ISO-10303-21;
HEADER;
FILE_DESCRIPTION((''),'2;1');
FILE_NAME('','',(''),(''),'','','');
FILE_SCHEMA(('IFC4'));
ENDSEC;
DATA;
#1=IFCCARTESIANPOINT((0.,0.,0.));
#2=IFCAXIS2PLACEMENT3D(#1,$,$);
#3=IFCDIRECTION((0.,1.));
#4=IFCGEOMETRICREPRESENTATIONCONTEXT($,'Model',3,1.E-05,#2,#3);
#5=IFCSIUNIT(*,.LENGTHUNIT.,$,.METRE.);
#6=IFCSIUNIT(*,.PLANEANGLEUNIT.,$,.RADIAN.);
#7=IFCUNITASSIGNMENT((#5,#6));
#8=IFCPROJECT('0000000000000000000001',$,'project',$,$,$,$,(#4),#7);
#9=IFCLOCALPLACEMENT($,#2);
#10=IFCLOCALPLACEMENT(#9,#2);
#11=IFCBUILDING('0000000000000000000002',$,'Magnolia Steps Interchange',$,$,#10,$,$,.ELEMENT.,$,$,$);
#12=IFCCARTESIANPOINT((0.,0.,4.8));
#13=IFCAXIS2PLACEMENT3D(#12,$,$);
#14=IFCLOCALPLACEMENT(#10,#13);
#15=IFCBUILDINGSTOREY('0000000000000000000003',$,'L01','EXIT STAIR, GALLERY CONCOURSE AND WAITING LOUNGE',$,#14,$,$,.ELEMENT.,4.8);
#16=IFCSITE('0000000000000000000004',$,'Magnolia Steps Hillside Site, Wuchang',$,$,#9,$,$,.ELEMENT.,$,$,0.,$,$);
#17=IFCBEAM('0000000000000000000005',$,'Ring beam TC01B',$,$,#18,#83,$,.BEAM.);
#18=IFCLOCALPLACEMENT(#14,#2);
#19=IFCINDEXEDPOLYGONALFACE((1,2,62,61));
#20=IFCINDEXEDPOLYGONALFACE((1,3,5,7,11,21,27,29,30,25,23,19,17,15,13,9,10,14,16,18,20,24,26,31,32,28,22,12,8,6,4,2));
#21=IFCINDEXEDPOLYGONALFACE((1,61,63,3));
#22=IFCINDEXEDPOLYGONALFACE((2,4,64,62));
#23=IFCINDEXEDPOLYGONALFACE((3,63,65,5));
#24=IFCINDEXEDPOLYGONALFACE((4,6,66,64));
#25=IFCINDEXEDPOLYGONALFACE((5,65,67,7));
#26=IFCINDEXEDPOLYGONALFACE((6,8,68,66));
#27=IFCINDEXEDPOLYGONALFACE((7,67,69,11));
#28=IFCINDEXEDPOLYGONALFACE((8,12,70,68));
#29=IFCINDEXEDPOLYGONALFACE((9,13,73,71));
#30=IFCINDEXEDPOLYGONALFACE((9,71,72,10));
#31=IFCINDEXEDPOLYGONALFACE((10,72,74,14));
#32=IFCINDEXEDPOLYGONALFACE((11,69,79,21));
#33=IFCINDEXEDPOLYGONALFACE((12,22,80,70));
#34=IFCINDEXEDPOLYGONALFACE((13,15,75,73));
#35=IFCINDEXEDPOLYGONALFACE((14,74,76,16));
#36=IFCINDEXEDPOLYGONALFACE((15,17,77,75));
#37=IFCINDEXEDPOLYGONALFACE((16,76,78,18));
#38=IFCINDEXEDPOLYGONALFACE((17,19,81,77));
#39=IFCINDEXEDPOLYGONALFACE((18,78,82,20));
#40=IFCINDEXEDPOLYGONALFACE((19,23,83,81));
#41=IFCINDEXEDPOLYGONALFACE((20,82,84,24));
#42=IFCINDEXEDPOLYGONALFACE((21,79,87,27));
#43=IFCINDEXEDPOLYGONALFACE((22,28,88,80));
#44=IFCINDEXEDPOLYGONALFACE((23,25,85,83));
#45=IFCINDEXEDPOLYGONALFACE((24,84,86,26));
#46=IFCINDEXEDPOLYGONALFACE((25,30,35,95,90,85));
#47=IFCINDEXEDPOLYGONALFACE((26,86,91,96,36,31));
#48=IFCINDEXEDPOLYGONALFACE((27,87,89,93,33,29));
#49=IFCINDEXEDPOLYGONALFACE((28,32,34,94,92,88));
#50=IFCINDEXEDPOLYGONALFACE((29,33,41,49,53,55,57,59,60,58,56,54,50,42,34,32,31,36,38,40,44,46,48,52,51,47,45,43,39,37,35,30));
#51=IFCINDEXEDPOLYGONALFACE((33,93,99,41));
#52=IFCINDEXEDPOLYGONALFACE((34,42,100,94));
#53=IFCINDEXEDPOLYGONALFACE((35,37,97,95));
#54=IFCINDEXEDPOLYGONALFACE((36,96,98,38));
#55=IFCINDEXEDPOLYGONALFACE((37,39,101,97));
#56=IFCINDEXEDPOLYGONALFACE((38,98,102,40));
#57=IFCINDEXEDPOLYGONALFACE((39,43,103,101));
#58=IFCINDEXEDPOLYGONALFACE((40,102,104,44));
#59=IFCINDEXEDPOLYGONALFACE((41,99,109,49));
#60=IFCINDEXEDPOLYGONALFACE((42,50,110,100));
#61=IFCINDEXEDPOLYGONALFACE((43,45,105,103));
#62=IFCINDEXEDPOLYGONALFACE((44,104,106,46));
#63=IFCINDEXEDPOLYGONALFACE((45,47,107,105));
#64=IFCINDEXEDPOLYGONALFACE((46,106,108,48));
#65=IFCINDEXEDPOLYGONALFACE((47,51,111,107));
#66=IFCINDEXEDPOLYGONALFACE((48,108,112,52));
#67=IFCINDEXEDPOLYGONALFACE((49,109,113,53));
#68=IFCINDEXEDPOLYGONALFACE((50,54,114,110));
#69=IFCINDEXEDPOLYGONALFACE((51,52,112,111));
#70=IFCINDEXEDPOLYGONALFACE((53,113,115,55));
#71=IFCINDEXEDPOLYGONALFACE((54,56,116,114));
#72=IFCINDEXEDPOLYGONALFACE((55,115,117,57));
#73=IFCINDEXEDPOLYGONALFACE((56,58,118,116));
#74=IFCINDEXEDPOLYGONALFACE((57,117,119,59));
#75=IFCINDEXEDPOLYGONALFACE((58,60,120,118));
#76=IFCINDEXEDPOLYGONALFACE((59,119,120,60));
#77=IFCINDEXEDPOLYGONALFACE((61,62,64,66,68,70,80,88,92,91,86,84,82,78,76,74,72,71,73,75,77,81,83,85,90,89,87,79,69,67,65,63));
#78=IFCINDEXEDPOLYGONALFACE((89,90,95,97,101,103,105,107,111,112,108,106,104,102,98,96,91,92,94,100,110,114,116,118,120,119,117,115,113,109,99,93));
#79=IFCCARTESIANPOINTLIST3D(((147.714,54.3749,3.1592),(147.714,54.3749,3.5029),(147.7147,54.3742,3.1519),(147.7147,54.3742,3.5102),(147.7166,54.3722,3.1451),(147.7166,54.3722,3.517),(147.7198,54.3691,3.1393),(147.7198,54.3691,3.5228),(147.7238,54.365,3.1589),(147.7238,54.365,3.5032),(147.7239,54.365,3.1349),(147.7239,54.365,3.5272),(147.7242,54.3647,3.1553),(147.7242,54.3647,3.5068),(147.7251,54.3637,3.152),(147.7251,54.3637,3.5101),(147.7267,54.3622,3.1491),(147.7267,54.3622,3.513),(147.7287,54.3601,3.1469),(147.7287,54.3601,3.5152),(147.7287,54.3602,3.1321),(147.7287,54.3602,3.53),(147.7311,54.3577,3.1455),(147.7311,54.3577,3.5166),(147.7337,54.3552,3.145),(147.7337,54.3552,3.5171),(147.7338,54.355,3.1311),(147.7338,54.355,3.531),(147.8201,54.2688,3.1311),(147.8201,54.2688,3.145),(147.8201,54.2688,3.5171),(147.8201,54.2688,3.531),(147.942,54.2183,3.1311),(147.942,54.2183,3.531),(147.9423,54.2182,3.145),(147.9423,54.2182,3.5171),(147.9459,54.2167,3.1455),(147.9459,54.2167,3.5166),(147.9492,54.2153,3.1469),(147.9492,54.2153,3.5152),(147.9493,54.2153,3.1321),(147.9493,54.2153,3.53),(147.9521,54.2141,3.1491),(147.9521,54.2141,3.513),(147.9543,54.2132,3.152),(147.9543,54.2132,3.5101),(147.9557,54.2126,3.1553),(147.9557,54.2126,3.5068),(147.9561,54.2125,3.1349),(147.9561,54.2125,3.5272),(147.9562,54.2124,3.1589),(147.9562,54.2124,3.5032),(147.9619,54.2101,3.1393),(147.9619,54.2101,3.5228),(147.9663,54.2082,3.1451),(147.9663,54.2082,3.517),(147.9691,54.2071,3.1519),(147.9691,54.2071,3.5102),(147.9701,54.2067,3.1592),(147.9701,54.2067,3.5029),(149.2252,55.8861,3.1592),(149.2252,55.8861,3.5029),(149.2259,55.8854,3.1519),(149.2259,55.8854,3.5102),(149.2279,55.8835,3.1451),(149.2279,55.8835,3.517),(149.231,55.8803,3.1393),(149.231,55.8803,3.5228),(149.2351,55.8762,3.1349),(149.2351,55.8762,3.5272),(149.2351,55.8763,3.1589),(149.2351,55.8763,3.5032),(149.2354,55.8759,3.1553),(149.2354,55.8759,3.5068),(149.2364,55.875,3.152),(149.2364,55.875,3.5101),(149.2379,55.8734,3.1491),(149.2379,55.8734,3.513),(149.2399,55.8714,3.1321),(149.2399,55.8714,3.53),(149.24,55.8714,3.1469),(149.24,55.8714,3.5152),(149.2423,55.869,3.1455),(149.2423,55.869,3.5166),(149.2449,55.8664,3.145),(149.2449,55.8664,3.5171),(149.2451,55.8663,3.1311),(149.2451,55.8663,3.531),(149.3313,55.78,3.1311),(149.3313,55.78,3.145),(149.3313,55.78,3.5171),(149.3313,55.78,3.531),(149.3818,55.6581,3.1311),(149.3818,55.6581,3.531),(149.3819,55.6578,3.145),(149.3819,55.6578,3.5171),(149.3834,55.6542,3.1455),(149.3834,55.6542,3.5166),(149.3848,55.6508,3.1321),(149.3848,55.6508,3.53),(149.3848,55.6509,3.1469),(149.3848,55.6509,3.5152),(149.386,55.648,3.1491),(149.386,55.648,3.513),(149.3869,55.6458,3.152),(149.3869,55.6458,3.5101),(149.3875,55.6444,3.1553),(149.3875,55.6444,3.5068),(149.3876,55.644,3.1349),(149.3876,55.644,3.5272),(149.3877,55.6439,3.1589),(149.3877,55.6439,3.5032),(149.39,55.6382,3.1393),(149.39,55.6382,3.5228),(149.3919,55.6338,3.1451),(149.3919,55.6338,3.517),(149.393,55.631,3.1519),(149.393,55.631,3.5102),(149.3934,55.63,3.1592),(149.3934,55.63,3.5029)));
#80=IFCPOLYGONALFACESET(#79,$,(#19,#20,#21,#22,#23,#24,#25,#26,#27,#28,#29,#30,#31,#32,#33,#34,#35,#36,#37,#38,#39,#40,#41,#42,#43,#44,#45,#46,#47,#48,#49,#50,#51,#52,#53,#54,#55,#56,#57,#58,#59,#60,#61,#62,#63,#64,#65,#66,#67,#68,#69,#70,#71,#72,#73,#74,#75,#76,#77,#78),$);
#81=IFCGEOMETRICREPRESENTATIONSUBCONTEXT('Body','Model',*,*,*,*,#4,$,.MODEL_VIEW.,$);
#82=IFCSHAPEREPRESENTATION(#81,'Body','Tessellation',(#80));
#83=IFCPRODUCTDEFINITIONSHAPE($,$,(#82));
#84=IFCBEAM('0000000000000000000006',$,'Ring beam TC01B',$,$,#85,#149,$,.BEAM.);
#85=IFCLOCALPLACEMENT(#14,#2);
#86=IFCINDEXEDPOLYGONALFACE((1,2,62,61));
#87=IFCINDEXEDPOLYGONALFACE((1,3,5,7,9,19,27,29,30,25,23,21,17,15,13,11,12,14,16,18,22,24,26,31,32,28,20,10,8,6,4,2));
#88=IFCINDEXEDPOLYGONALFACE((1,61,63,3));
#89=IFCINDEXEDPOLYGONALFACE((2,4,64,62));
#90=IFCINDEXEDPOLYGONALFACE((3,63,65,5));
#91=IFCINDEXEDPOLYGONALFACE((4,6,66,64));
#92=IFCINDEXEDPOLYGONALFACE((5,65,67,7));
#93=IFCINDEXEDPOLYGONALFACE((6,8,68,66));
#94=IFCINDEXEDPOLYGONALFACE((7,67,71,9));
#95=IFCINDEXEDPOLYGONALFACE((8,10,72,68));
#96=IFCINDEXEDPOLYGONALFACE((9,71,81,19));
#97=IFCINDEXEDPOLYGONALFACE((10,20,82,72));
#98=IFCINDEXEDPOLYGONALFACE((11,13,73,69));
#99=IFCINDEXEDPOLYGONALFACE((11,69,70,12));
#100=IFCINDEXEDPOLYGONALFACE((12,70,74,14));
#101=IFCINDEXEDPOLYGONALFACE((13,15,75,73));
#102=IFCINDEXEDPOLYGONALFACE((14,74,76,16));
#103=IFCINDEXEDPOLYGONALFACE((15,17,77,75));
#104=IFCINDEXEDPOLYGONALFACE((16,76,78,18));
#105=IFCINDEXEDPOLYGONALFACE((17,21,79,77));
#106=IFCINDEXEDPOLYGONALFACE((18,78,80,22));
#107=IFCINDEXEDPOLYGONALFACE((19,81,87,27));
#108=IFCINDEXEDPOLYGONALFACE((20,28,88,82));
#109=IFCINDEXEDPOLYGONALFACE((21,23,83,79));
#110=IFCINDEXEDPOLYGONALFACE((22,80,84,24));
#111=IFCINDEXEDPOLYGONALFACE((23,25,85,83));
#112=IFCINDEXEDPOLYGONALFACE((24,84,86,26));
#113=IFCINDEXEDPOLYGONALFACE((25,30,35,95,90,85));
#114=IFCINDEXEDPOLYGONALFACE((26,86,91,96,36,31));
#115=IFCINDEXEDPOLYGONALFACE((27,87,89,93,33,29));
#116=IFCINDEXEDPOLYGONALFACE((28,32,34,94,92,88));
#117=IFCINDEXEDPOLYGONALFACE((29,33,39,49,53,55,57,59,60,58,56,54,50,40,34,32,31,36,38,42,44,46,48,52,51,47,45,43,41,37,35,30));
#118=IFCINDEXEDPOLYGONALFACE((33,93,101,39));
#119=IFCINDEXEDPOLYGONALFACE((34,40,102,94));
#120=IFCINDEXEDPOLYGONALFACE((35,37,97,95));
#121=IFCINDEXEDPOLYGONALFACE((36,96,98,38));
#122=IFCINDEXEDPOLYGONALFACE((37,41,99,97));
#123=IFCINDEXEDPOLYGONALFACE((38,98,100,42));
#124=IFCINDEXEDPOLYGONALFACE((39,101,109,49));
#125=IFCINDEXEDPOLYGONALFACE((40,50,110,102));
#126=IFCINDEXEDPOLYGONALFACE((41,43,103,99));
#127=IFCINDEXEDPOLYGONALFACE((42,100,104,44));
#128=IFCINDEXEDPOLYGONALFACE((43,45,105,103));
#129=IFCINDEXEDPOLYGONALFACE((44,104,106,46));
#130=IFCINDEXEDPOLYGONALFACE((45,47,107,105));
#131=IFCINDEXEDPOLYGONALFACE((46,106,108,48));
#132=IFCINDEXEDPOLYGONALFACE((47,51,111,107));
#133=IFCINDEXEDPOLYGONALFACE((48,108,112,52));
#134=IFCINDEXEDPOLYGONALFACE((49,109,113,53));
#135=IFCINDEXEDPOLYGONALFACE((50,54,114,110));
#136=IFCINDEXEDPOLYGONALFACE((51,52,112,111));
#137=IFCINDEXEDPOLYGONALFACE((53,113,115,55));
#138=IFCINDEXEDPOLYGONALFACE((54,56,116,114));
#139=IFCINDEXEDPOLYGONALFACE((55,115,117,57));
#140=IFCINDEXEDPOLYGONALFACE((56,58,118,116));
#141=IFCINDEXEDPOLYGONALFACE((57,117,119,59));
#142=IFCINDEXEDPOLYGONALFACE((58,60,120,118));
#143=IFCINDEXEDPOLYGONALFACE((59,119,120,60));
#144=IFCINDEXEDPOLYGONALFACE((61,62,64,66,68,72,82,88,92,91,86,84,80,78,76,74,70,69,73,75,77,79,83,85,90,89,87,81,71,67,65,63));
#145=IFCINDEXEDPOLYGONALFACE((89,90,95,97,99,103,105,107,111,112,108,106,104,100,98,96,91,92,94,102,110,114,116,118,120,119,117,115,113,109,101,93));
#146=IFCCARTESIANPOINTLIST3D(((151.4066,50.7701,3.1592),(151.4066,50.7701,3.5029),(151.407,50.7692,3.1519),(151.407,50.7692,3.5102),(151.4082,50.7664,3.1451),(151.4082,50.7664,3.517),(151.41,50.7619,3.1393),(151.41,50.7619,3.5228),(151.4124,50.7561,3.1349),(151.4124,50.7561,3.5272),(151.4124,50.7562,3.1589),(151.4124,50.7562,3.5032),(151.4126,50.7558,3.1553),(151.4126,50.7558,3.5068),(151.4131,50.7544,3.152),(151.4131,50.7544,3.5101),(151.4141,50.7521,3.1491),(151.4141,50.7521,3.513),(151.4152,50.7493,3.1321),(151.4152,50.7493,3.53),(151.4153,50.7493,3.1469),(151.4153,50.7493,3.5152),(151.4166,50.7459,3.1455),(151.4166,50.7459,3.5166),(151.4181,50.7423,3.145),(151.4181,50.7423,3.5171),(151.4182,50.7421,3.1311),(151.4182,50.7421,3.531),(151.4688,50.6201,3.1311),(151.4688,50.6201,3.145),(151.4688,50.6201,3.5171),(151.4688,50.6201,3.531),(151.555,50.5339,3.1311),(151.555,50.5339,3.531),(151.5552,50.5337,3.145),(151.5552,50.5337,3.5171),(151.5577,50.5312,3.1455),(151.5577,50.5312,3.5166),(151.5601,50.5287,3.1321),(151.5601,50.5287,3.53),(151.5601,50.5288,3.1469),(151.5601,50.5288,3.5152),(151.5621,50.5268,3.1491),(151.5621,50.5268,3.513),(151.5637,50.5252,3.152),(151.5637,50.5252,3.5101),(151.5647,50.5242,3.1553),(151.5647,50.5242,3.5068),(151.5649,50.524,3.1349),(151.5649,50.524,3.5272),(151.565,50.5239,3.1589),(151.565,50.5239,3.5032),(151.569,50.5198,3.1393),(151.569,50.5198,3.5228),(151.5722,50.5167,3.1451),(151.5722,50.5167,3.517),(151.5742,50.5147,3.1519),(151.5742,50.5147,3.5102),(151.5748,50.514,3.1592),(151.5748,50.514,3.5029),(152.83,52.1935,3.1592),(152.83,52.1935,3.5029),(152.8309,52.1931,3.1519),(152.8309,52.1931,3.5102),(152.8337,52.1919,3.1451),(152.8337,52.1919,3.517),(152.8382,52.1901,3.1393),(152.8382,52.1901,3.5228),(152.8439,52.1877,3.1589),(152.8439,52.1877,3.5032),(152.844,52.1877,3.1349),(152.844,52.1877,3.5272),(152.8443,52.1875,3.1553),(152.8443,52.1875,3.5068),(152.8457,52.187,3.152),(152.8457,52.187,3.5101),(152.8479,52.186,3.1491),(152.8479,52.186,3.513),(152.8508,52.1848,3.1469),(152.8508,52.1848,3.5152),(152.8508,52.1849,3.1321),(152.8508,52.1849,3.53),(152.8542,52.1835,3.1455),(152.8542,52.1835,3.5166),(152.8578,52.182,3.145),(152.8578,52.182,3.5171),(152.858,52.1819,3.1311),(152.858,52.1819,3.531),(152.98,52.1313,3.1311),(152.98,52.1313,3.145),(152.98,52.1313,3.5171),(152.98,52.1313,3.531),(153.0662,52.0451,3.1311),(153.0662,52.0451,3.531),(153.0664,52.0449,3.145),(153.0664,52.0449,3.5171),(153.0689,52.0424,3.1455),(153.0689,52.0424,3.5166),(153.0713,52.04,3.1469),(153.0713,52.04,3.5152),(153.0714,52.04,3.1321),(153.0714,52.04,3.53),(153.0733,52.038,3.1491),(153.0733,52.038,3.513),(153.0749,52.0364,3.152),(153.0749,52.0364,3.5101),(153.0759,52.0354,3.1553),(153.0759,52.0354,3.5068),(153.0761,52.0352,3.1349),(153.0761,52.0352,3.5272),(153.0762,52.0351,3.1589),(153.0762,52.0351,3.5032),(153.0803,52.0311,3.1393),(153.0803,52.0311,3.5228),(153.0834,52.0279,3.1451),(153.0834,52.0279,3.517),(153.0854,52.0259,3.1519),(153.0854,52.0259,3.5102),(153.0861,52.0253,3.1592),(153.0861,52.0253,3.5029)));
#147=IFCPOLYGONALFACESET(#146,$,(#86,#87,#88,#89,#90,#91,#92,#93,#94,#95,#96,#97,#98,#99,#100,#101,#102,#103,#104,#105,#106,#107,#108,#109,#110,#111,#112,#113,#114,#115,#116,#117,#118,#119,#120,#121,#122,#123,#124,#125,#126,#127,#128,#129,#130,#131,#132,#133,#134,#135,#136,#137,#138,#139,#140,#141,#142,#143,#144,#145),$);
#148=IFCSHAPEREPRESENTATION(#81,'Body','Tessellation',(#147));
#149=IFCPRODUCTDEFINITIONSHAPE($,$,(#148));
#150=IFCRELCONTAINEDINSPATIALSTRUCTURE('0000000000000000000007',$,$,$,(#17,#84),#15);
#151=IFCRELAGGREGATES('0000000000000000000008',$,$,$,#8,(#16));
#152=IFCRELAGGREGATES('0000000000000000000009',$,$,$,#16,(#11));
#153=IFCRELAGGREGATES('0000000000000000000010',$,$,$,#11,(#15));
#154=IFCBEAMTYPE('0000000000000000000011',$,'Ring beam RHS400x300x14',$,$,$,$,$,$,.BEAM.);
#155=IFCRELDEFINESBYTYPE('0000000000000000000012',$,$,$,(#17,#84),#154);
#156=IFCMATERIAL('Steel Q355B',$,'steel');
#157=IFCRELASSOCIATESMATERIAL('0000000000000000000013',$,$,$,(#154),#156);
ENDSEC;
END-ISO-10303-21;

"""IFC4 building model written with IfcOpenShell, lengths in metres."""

from ifc_helpers import new_model, si_unit, direction, frame, origin, origin_2d, place, context, subcontext, project, spatial, hollow_rectangle, extrude, clip, halfspace, material, material_profile, profile_set, type_object, element, save


model = new_model("IFC4")

# Units and contexts
model_context = context("Model", 3, precision=1e-05, world=origin(), true_north=direction((0.0, 1.0)))
body_context = subcontext(model_context, "Body", "Model", "MODEL_VIEW")
ifc_project = project(units=[si_unit("LENGTHUNIT", "METRE"), si_unit("PLANEANGLEUNIT", "RADIAN")], contexts=[model_context])

# Site, building, storey
site_placement = place(None, origin())
site = spatial("IfcSite", under=ifc_project, at=site_placement, Name="Magnolia Steps Hillside Site, Wuchang", CompositionType="ELEMENT", RefElevation=0.0)
building_placement = place(site_placement, origin())
building = spatial("IfcBuilding", under=site, at=building_placement, Name="Magnolia Steps Interchange", CompositionType="ELEMENT")
storey_placement = place(building_placement, frame((0.0, 0.0, 4.8)))
storey = spatial("IfcBuildingStorey", under=building, at=storey_placement, Name="L01", Description="EXIT STAIR, GALLERY CONCOURSE AND WAITING LOUNGE", CompositionType="ELEMENT", Elevation=4.8)

# Beams
ifc_material_1 = material(Name="Steel Q355B", Category="steel")
ifc_material_profile_1 = material_profile(ifc_material_1, hollow_rectangle(XDim=0.3, YDim=0.3999, WallThickness=0.0139, InnerFilletRadius=0.0139, OuterFilletRadius=0.0281, at=origin_2d()), Name="RHS400x300x14")
ifc_profile_set_1 = profile_set([ifc_material_profile_1], Name="Steel Q355B")
beam_type_1 = type_object("IfcBeamType", Name="Ring beam RHS400x300x14", PredefinedType="BEAM", material=ifc_profile_set_1)
for number, where, z_axis, x_axis, name in (
    (1, (149.3313, 55.78, 3.3311), (-0.707107, -0.707107, 0.0), (0.707107, -0.707107, 0.0), "Ring beam TC01B"),
    (2, (151.4688, 50.6201, 3.3311), (0.707107, 0.707107, 0.0), (-0.707107, 0.707107, 0.0), "Ring beam TC01B"),
):
    element("IfcBeam", number, at=place(storey_placement, frame(where, z_axis=z_axis, x_axis=x_axis)), inside=storey, type_object=beam_type_1, Name=name, PredefinedType="BEAM", context=body_context, shape_type="Clipping", body=[
        clip(clip(extrude(hollow_rectangle(XDim=0.3, YDim=0.3999, WallThickness=0.0139, InnerFilletRadius=0.0139, OuterFilletRadius=0.0281, at=origin_2d()), origin(), (0.0, 0.0, 1.0), 2.1372), halfspace(frame((0.0, 0.0, 0.0), z_axis=(0.382683, 0.0, -0.92388), x_axis=(0.92388, 0.0, 0.382683)), False)), halfspace(frame((0.0, 0.0, 2.1372), z_axis=(0.382683, 0.0, 0.92388), x_axis=(0.92388, 0.0, -0.382683)), False)),
    ])

save(model, "model.ifc")
